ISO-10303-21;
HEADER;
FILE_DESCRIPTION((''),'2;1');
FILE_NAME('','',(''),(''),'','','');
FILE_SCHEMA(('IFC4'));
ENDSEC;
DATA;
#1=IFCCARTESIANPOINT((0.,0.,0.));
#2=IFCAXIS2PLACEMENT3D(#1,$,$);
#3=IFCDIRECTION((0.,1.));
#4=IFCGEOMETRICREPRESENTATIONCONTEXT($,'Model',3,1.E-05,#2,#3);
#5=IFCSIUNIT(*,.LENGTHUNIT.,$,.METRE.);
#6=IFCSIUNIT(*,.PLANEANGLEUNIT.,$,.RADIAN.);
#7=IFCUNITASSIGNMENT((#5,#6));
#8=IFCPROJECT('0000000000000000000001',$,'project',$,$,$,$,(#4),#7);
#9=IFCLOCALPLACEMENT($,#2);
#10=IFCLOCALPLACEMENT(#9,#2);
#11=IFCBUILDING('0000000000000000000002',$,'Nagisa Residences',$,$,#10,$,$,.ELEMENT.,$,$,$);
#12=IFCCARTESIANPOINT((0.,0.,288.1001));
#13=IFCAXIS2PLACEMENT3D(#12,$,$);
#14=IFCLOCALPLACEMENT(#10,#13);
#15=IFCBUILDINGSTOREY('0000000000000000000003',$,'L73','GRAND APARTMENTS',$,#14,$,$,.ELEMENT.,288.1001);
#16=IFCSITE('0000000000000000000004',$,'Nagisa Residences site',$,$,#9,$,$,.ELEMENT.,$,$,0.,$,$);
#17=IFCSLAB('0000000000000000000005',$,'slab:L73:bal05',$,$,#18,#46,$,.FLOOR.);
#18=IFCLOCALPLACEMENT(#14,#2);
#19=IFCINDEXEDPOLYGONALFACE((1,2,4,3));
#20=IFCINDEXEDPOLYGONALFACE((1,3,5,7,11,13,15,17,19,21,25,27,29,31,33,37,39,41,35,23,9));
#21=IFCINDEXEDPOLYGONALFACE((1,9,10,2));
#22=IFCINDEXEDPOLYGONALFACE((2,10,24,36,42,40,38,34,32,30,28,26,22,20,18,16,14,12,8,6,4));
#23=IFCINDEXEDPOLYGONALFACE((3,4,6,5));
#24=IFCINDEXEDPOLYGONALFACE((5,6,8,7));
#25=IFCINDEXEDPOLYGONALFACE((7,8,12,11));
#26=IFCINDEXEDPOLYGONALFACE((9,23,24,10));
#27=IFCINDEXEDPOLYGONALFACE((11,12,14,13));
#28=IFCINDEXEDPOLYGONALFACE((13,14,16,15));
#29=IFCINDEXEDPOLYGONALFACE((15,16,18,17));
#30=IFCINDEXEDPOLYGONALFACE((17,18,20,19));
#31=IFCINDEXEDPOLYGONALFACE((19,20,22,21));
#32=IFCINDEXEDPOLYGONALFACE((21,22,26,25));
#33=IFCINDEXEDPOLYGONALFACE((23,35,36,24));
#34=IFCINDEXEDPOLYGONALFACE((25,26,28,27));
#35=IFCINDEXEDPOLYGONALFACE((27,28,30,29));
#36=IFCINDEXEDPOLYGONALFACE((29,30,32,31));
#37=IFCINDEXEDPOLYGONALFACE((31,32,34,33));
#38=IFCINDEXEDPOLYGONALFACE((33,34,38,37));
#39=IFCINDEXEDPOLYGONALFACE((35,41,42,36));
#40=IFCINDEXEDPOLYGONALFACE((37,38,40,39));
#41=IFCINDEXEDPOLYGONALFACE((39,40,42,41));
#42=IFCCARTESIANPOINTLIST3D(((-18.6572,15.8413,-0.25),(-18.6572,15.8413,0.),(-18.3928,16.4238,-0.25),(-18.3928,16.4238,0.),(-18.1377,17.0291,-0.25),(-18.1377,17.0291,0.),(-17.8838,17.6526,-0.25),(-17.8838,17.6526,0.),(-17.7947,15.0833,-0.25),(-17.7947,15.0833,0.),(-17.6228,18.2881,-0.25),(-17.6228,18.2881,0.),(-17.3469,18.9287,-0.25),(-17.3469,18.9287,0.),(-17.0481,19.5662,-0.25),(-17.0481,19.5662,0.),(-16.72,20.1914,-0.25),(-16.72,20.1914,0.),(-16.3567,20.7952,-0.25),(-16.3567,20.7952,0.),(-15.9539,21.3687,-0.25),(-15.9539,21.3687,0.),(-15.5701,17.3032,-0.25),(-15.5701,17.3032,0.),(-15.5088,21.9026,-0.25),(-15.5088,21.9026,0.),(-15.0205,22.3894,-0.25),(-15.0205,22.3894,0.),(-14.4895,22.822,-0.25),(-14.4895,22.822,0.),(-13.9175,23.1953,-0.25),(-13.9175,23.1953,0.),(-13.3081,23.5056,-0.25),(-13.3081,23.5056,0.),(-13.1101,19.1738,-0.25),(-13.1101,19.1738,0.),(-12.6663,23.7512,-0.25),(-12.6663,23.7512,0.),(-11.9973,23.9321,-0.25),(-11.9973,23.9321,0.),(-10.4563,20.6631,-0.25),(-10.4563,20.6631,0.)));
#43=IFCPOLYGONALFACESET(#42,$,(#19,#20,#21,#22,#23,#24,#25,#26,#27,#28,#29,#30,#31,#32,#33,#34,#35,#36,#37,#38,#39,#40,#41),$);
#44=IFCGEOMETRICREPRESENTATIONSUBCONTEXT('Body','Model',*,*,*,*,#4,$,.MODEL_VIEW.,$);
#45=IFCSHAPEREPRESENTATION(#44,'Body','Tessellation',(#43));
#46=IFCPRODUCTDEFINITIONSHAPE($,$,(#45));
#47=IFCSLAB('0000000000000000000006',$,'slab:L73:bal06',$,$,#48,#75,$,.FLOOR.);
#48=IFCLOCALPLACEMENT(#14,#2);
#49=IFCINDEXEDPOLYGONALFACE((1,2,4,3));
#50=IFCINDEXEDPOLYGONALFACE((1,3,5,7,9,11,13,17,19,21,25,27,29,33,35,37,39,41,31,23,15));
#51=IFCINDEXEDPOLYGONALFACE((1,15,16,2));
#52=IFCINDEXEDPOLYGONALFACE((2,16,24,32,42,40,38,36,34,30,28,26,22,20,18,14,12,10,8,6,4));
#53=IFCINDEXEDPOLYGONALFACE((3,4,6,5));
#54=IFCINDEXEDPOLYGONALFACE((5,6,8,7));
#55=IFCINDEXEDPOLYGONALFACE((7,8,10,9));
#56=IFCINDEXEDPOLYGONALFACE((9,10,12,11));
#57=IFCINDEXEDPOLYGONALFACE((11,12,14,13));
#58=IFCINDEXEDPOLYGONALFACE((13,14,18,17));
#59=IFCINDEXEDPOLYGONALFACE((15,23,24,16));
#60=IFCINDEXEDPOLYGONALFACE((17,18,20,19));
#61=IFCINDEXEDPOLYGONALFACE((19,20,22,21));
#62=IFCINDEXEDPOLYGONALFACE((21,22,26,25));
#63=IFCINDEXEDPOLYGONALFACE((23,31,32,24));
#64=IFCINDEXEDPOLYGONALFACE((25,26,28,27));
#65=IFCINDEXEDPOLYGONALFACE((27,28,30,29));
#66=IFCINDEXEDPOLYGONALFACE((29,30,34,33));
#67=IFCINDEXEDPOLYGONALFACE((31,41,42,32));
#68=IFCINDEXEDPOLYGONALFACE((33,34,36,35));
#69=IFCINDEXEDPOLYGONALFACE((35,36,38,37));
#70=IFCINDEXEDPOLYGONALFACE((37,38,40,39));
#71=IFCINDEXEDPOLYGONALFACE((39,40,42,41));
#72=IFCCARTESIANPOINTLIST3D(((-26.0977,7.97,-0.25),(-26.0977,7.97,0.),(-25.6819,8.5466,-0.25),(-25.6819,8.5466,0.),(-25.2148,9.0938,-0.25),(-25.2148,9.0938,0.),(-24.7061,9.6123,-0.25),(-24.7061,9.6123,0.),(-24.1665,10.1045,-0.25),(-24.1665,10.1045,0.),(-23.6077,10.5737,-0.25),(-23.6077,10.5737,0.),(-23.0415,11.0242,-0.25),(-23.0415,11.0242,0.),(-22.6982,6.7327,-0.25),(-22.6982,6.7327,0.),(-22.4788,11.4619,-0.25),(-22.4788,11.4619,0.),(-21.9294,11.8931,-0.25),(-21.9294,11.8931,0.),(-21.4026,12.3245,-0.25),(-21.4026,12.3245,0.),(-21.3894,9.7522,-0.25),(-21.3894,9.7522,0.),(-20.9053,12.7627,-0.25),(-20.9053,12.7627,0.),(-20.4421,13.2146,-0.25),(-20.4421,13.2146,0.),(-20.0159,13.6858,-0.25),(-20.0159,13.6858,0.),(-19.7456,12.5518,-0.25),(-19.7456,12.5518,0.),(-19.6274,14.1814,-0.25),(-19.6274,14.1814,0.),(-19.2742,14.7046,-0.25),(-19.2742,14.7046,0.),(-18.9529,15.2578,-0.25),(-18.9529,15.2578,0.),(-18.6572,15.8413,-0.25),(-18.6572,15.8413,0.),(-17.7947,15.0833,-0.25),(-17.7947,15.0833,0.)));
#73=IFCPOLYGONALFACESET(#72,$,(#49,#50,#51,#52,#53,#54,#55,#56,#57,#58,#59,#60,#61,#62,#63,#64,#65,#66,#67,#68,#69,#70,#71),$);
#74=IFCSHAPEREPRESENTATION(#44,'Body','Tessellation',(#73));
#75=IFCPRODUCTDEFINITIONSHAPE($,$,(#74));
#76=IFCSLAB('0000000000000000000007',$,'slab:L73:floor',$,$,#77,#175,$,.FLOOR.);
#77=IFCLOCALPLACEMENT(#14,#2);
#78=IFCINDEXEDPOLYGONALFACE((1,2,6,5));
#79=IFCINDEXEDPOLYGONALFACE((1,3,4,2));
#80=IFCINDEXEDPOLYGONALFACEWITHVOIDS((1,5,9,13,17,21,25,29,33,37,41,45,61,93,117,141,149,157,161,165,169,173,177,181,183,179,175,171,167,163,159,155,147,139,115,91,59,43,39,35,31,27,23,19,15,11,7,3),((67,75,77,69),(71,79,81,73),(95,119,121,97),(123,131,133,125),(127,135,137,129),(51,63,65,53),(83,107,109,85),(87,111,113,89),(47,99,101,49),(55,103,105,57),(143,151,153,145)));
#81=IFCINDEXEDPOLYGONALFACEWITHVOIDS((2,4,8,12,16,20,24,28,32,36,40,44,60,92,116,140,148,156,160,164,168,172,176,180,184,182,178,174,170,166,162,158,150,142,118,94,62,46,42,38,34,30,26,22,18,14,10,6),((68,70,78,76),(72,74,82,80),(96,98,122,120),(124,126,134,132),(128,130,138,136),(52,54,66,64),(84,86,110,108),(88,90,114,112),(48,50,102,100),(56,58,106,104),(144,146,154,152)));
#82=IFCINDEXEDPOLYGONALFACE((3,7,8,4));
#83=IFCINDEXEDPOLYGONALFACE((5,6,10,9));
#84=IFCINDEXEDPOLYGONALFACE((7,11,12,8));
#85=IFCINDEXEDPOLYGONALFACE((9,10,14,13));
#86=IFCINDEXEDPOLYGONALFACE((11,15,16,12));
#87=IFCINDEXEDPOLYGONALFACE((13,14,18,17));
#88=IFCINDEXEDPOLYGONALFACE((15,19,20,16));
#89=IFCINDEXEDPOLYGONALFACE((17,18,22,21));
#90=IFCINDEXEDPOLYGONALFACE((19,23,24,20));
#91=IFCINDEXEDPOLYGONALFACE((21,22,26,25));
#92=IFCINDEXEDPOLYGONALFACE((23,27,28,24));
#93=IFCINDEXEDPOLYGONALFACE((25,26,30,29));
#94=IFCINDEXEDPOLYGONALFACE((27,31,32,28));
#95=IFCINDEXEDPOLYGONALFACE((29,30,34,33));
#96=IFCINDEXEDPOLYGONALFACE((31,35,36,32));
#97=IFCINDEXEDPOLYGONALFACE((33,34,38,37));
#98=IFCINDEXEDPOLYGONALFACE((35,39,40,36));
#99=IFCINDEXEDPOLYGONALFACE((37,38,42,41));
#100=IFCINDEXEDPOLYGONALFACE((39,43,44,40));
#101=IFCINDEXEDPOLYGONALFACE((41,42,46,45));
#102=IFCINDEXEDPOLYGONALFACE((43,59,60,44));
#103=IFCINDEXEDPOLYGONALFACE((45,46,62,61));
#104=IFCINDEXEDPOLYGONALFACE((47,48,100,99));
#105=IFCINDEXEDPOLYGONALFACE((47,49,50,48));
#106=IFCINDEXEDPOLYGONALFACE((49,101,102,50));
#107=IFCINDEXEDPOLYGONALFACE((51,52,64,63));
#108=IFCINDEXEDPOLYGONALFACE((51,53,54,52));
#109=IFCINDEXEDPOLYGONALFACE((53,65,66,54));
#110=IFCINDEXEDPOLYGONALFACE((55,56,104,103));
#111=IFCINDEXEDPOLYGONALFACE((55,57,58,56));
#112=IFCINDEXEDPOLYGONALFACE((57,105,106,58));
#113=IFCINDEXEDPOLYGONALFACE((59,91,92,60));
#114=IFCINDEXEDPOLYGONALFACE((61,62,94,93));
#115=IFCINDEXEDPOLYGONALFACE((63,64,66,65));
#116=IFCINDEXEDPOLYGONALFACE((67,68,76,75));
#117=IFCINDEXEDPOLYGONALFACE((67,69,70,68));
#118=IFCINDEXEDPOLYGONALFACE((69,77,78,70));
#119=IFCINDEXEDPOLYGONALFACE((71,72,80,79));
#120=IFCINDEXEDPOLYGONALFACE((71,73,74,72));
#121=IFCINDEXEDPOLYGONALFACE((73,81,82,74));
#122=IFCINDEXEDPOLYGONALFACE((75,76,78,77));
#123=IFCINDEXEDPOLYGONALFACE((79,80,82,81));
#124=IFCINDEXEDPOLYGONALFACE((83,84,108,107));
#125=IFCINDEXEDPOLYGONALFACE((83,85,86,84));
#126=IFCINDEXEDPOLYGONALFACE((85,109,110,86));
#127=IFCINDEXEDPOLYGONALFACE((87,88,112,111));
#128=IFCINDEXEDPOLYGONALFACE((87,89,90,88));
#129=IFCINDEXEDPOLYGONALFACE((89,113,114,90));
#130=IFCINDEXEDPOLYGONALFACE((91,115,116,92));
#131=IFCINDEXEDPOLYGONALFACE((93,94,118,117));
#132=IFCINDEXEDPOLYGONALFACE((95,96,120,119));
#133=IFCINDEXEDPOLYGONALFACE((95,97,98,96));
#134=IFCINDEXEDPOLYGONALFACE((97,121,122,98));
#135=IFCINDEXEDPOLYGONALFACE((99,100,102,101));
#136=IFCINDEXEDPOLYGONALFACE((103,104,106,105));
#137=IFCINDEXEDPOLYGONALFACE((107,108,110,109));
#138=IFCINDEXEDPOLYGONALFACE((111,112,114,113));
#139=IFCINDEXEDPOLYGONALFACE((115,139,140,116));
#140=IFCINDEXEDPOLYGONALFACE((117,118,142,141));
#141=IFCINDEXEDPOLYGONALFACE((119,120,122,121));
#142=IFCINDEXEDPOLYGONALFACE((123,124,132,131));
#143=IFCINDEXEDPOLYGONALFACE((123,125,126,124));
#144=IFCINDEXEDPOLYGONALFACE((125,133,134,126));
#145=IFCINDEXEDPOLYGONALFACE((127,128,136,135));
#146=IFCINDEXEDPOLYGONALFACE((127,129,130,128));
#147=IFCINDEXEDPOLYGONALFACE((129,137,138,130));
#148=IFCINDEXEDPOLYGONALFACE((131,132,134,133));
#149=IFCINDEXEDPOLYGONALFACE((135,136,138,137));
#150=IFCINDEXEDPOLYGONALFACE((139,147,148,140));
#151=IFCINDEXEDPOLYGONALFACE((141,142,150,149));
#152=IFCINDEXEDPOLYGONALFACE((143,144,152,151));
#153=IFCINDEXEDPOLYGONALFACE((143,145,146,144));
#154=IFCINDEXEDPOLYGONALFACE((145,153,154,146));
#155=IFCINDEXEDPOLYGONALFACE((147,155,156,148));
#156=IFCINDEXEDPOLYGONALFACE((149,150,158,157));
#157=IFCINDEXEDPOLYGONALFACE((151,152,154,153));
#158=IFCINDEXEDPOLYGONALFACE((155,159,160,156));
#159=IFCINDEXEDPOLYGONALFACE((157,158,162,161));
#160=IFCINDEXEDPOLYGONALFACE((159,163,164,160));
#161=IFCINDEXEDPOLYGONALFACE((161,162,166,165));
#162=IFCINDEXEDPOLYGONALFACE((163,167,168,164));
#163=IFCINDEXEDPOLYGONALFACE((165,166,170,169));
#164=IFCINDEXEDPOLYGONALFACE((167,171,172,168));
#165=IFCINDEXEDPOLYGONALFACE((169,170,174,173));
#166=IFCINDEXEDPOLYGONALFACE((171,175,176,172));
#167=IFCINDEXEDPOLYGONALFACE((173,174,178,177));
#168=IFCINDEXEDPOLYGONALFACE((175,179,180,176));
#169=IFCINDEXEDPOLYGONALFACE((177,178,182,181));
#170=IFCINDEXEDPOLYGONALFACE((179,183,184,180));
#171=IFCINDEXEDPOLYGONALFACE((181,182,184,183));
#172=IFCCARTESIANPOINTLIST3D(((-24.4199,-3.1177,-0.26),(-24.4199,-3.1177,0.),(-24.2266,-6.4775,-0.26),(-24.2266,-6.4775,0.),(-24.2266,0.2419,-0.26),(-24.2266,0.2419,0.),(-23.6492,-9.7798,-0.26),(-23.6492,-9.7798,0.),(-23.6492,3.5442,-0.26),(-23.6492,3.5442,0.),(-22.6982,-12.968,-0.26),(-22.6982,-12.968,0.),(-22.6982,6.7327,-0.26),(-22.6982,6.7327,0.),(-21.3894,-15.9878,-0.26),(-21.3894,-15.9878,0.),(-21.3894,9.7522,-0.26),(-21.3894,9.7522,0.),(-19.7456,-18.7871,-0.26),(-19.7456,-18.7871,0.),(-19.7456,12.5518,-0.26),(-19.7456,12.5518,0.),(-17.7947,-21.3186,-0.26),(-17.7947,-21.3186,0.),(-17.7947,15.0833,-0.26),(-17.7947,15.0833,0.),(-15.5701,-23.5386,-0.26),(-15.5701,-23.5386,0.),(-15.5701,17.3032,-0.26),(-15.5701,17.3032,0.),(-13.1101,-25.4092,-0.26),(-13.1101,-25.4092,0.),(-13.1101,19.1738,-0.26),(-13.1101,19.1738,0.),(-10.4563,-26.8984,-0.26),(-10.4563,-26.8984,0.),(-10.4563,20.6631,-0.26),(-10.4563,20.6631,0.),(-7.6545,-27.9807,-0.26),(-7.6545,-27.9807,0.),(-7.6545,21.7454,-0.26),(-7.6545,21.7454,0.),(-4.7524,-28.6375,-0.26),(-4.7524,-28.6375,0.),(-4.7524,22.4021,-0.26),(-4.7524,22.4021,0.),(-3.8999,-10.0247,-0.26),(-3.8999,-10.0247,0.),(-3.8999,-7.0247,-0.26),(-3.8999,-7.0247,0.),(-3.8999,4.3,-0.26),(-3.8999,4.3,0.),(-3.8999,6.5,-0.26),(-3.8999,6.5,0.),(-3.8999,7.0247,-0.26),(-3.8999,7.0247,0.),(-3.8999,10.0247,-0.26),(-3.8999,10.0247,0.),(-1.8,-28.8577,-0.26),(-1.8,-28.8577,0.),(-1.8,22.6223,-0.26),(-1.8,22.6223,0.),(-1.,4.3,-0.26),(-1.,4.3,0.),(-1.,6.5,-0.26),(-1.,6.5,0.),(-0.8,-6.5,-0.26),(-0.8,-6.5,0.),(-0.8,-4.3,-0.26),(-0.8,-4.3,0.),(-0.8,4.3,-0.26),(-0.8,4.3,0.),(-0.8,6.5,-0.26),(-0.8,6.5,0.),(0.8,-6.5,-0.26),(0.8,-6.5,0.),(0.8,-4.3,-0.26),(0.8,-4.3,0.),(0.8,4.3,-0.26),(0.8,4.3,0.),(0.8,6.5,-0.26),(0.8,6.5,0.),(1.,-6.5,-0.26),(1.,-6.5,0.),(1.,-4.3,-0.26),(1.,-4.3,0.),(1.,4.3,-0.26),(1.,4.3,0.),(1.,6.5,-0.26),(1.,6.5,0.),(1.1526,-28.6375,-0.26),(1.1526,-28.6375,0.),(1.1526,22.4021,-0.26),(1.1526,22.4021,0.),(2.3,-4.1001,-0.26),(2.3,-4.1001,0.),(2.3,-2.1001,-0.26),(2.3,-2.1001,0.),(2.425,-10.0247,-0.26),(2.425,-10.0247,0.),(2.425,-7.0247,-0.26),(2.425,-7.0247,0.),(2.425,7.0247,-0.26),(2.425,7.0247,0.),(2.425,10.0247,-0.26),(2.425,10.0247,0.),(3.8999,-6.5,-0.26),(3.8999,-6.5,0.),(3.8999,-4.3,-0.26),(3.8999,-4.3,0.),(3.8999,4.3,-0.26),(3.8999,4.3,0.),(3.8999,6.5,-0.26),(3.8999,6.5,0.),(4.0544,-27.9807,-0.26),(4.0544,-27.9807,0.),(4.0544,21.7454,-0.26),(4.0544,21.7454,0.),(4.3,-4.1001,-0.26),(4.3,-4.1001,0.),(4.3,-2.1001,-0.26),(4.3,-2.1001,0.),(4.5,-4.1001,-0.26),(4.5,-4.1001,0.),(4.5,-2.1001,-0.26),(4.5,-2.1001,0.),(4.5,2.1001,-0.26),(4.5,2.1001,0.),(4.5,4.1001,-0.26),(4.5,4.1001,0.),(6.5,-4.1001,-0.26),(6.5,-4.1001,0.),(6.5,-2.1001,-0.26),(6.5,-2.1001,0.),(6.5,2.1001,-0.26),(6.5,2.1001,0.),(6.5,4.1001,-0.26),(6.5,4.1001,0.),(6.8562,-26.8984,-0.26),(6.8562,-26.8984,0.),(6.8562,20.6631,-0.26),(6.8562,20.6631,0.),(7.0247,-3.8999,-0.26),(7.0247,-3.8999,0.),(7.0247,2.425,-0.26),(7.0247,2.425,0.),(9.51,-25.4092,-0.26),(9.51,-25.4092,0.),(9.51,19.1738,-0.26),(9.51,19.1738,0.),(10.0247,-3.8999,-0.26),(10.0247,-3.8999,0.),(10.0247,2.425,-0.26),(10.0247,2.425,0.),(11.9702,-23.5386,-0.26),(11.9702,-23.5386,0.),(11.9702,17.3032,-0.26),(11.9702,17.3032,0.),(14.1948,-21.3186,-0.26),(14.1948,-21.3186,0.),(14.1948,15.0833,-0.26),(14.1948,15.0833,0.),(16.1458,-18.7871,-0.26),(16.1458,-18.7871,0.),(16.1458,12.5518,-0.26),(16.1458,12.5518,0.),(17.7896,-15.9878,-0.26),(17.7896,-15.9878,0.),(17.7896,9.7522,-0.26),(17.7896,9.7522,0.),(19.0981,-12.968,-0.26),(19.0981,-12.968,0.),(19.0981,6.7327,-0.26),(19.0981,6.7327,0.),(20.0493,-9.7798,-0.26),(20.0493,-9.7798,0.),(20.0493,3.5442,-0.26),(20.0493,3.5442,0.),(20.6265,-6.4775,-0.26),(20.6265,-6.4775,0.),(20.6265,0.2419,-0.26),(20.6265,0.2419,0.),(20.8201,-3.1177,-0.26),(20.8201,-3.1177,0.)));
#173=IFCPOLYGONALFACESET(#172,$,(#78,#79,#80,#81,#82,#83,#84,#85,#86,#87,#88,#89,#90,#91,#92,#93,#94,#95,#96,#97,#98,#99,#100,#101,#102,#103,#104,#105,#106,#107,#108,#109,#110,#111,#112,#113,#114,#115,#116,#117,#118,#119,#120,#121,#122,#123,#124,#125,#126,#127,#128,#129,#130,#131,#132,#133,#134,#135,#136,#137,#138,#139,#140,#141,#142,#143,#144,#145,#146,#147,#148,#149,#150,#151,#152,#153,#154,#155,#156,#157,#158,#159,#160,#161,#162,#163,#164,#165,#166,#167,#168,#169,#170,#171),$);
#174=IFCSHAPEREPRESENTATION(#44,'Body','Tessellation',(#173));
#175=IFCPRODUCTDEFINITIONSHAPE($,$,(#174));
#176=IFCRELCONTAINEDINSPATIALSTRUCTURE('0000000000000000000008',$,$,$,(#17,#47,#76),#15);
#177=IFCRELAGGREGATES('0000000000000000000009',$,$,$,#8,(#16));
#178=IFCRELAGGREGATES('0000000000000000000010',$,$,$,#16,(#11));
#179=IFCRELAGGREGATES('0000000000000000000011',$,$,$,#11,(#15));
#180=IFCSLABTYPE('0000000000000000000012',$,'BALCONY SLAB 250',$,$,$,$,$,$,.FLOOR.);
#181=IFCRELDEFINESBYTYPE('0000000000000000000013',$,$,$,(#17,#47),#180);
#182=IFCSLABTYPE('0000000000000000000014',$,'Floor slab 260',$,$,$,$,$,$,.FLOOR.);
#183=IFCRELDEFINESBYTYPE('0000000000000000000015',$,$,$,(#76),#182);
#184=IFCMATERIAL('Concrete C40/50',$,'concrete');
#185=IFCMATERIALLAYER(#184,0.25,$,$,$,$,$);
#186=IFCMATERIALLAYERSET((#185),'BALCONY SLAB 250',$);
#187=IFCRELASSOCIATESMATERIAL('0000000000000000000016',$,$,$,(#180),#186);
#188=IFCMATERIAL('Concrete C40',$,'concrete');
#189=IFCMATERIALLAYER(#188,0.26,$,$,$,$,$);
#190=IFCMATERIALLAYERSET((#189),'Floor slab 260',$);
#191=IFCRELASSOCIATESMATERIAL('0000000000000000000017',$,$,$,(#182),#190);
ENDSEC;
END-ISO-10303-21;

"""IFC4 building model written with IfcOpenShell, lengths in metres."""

from ifc_helpers import new_model, si_unit, direction, frame, origin, place, context, subcontext, project, spatial, polyline, outline, extrude, material, layer, layer_set, type_object, element, save


model = new_model("IFC4")

# Units and contexts
model_context = context("Model", 3, precision=1e-05, world=origin(), true_north=direction((0.0, 1.0)))
body_context = subcontext(model_context, "Body", "Model", "MODEL_VIEW")
ifc_project = project(units=[si_unit("LENGTHUNIT", "METRE"), si_unit("PLANEANGLEUNIT", "RADIAN")], contexts=[model_context])

# Site, building, storey
site_placement = place(None, origin())
site = spatial("IfcSite", under=ifc_project, at=site_placement, Name="Nagisa Residences site", CompositionType="ELEMENT", RefElevation=0.0)
building_placement = place(site_placement, origin())
building = spatial("IfcBuilding", under=site, at=building_placement, Name="Nagisa Residences", CompositionType="ELEMENT")
storey_placement = place(building_placement, frame((0.0, 0.0, 288.1001)))
storey = spatial("IfcBuildingStorey", under=building, at=storey_placement, Name="L73", Description="GRAND APARTMENTS", CompositionType="ELEMENT", Elevation=288.1001)

# Slabs
ifc_material_1 = material(Name="Concrete C40/50", Category="concrete")
ifc_layer_1 = layer(ifc_material_1, 0.25)
ifc_layer_set_1 = layer_set([ifc_layer_1], Name="BALCONY SLAB 250")
slab_type_1 = type_object("IfcSlabType", Name="BALCONY SLAB 250", PredefinedType="FLOOR", material=ifc_layer_set_1)
slab_1_placement = place(storey_placement, frame((0.0, 0.0, -0.25)))
element("IfcSlab", 1, at=slab_1_placement, inside=storey, type_object=slab_type_1, Name="slab:L73:bal05", PredefinedType="FLOOR", context=body_context, shape_type="SweptSolid", body=[
    extrude(outline(polyline([(-11.9973, 23.9321), (-12.6663, 23.7512), (-13.3081, 23.5056), (-13.9175, 23.1953), (-14.4895, 22.822), (-15.0205, 22.3894), (-15.5088, 21.9026), (-15.9539, 21.3687), (-16.3567, 20.7952), (-16.72, 20.1914), (-17.0481, 19.5662), (-17.3469, 18.9287), (-17.6228, 18.2881), (-17.8838, 17.6526), (-18.1377, 17.0291), (-18.3928, 16.4238), (-18.6572, 15.8413), (-17.7947, 15.0833), (-15.5701, 17.3032), (-13.1101, 19.1738), (-10.4563, 20.6631), (-11.9973, 23.9321)])), origin(), (0.0, 0.0, 1.0), 0.25),
])
slab_2_placement = place(storey_placement, frame((0.0, 0.0, -0.25)))
element("IfcSlab", 2, at=slab_2_placement, inside=storey, type_object=slab_type_1, Name="slab:L73:bal06", PredefinedType="FLOOR", context=body_context, shape_type="SweptSolid", body=[
    extrude(outline(polyline([(-18.6572, 15.8413), (-18.9529, 15.2578), (-19.2742, 14.7046), (-19.6274, 14.1814), (-20.0159, 13.6858), (-20.4421, 13.2146), (-20.9053, 12.7627), (-21.4026, 12.3245), (-21.9294, 11.8931), (-22.4788, 11.4619), (-23.0415, 11.0242), (-23.6077, 10.5737), (-24.1665, 10.1045), (-24.7061, 9.6123), (-25.2148, 9.0938), (-25.6819, 8.5466), (-26.0977, 7.97), (-22.6982, 6.7327), (-21.3894, 9.7522), (-19.7456, 12.5518), (-17.7947, 15.0833), (-18.6572, 15.8413)])), origin(), (0.0, 0.0, 1.0), 0.25),
])
ifc_material_2 = material(Name="Concrete C40", Category="concrete")
ifc_layer_2 = layer(ifc_material_2, 0.26)
ifc_layer_set_2 = layer_set([ifc_layer_2], Name="Floor slab 260")
slab_type_2 = type_object("IfcSlabType", Name="Floor slab 260", PredefinedType="FLOOR", material=ifc_layer_set_2)
slab_3_placement = place(storey_placement, frame((0.0, 0.0, -0.26)))
element("IfcSlab", 3, at=slab_3_placement, inside=storey, type_object=slab_type_2, Name="slab:L73:floor", PredefinedType="FLOOR", context=body_context, shape_type="SweptSolid", body=[
    extrude(outline(polyline([(20.8201, -3.1177), (20.6265, 0.2419), (20.0493, 3.5442), (19.0981, 6.7327), (17.7896, 9.7522), (16.1458, 12.5518), (14.1948, 15.0833), (11.9702, 17.3032), (9.51, 19.1738), (6.8562, 20.6631), (4.0544, 21.7454), (1.1526, 22.4021), (-1.8, 22.6223), (-4.7524, 22.4021), (-7.6545, 21.7454), (-10.4563, 20.6631), (-13.1101, 19.1738), (-15.5701, 17.3032), (-17.7947, 15.0833), (-19.7456, 12.5518), (-21.3894, 9.7522), (-22.6982, 6.7327), (-23.6492, 3.5442), (-24.2266, 0.2419), (-24.4199, -3.1177), (-24.2266, -6.4775), (-23.6492, -9.7798), (-22.6982, -12.968), (-21.3894, -15.9878), (-19.7456, -18.7871), (-17.7947, -21.3186), (-15.5701, -23.5386), (-13.1101, -25.4092), (-10.4563, -26.8984), (-7.6545, -27.9807), (-4.7524, -28.6375), (-1.8, -28.8577), (1.1526, -28.6375), (4.0544, -27.9807), (6.8562, -26.8984), (9.51, -25.4092), (11.9702, -23.5386), (14.1948, -21.3186), (16.1458, -18.7871), (17.7896, -15.9878), (19.0981, -12.968), (20.0493, -9.7798), (20.6265, -6.4775), (20.8201, -3.1177)]), holes=[polyline([(6.5, 2.1001), (6.5, 4.1001), (4.5, 4.1001), (4.5, 2.1001), (6.5, 2.1001)]), polyline([(4.3, -4.1001), (4.3, -2.1001), (2.3, -2.1001), (2.3, -4.1001), (4.3, -4.1001)]), polyline([(6.5, -4.1001), (6.5, -2.1001), (4.5, -2.1001), (4.5, -4.1001), (6.5, -4.1001)]), polyline([(3.8999, 4.3), (3.8999, 6.5), (1.0, 6.5), (1.0, 4.3), (3.8999, 4.3)]), polyline([(3.8999, -6.5), (3.8999, -4.3), (1.0, -4.3), (1.0, -6.5), (3.8999, -6.5)]), polyline([(-1.0, 4.3), (-1.0, 6.5), (-3.8999, 6.5), (-3.8999, 4.3), (-1.0, 4.3)]), polyline([(0.8, 4.3), (0.8, 6.5), (-0.8, 6.5), (-0.8, 4.3), (0.8, 4.3)]), polyline([(0.8, -6.5), (0.8, -4.3), (-0.8, -4.3), (-0.8, -6.5), (0.8, -6.5)]), polyline([(10.0247, -3.8999), (7.0247, -3.8999), (7.0247, 2.425), (10.0247, 2.425), (10.0247, -3.8999)]), polyline([(-3.8999, 7.0247), (-3.8999, 10.0247), (2.425, 10.0247), (2.425, 7.0247), (-3.8999, 7.0247)]), polyline([(-3.8999, -10.0247), (-3.8999, -7.0247), (2.425, -7.0247), (2.425, -10.0247), (-3.8999, -10.0247)])]), origin(), (0.0, 0.0, 1.0), 0.26),
])

save(model, "model.ifc")
